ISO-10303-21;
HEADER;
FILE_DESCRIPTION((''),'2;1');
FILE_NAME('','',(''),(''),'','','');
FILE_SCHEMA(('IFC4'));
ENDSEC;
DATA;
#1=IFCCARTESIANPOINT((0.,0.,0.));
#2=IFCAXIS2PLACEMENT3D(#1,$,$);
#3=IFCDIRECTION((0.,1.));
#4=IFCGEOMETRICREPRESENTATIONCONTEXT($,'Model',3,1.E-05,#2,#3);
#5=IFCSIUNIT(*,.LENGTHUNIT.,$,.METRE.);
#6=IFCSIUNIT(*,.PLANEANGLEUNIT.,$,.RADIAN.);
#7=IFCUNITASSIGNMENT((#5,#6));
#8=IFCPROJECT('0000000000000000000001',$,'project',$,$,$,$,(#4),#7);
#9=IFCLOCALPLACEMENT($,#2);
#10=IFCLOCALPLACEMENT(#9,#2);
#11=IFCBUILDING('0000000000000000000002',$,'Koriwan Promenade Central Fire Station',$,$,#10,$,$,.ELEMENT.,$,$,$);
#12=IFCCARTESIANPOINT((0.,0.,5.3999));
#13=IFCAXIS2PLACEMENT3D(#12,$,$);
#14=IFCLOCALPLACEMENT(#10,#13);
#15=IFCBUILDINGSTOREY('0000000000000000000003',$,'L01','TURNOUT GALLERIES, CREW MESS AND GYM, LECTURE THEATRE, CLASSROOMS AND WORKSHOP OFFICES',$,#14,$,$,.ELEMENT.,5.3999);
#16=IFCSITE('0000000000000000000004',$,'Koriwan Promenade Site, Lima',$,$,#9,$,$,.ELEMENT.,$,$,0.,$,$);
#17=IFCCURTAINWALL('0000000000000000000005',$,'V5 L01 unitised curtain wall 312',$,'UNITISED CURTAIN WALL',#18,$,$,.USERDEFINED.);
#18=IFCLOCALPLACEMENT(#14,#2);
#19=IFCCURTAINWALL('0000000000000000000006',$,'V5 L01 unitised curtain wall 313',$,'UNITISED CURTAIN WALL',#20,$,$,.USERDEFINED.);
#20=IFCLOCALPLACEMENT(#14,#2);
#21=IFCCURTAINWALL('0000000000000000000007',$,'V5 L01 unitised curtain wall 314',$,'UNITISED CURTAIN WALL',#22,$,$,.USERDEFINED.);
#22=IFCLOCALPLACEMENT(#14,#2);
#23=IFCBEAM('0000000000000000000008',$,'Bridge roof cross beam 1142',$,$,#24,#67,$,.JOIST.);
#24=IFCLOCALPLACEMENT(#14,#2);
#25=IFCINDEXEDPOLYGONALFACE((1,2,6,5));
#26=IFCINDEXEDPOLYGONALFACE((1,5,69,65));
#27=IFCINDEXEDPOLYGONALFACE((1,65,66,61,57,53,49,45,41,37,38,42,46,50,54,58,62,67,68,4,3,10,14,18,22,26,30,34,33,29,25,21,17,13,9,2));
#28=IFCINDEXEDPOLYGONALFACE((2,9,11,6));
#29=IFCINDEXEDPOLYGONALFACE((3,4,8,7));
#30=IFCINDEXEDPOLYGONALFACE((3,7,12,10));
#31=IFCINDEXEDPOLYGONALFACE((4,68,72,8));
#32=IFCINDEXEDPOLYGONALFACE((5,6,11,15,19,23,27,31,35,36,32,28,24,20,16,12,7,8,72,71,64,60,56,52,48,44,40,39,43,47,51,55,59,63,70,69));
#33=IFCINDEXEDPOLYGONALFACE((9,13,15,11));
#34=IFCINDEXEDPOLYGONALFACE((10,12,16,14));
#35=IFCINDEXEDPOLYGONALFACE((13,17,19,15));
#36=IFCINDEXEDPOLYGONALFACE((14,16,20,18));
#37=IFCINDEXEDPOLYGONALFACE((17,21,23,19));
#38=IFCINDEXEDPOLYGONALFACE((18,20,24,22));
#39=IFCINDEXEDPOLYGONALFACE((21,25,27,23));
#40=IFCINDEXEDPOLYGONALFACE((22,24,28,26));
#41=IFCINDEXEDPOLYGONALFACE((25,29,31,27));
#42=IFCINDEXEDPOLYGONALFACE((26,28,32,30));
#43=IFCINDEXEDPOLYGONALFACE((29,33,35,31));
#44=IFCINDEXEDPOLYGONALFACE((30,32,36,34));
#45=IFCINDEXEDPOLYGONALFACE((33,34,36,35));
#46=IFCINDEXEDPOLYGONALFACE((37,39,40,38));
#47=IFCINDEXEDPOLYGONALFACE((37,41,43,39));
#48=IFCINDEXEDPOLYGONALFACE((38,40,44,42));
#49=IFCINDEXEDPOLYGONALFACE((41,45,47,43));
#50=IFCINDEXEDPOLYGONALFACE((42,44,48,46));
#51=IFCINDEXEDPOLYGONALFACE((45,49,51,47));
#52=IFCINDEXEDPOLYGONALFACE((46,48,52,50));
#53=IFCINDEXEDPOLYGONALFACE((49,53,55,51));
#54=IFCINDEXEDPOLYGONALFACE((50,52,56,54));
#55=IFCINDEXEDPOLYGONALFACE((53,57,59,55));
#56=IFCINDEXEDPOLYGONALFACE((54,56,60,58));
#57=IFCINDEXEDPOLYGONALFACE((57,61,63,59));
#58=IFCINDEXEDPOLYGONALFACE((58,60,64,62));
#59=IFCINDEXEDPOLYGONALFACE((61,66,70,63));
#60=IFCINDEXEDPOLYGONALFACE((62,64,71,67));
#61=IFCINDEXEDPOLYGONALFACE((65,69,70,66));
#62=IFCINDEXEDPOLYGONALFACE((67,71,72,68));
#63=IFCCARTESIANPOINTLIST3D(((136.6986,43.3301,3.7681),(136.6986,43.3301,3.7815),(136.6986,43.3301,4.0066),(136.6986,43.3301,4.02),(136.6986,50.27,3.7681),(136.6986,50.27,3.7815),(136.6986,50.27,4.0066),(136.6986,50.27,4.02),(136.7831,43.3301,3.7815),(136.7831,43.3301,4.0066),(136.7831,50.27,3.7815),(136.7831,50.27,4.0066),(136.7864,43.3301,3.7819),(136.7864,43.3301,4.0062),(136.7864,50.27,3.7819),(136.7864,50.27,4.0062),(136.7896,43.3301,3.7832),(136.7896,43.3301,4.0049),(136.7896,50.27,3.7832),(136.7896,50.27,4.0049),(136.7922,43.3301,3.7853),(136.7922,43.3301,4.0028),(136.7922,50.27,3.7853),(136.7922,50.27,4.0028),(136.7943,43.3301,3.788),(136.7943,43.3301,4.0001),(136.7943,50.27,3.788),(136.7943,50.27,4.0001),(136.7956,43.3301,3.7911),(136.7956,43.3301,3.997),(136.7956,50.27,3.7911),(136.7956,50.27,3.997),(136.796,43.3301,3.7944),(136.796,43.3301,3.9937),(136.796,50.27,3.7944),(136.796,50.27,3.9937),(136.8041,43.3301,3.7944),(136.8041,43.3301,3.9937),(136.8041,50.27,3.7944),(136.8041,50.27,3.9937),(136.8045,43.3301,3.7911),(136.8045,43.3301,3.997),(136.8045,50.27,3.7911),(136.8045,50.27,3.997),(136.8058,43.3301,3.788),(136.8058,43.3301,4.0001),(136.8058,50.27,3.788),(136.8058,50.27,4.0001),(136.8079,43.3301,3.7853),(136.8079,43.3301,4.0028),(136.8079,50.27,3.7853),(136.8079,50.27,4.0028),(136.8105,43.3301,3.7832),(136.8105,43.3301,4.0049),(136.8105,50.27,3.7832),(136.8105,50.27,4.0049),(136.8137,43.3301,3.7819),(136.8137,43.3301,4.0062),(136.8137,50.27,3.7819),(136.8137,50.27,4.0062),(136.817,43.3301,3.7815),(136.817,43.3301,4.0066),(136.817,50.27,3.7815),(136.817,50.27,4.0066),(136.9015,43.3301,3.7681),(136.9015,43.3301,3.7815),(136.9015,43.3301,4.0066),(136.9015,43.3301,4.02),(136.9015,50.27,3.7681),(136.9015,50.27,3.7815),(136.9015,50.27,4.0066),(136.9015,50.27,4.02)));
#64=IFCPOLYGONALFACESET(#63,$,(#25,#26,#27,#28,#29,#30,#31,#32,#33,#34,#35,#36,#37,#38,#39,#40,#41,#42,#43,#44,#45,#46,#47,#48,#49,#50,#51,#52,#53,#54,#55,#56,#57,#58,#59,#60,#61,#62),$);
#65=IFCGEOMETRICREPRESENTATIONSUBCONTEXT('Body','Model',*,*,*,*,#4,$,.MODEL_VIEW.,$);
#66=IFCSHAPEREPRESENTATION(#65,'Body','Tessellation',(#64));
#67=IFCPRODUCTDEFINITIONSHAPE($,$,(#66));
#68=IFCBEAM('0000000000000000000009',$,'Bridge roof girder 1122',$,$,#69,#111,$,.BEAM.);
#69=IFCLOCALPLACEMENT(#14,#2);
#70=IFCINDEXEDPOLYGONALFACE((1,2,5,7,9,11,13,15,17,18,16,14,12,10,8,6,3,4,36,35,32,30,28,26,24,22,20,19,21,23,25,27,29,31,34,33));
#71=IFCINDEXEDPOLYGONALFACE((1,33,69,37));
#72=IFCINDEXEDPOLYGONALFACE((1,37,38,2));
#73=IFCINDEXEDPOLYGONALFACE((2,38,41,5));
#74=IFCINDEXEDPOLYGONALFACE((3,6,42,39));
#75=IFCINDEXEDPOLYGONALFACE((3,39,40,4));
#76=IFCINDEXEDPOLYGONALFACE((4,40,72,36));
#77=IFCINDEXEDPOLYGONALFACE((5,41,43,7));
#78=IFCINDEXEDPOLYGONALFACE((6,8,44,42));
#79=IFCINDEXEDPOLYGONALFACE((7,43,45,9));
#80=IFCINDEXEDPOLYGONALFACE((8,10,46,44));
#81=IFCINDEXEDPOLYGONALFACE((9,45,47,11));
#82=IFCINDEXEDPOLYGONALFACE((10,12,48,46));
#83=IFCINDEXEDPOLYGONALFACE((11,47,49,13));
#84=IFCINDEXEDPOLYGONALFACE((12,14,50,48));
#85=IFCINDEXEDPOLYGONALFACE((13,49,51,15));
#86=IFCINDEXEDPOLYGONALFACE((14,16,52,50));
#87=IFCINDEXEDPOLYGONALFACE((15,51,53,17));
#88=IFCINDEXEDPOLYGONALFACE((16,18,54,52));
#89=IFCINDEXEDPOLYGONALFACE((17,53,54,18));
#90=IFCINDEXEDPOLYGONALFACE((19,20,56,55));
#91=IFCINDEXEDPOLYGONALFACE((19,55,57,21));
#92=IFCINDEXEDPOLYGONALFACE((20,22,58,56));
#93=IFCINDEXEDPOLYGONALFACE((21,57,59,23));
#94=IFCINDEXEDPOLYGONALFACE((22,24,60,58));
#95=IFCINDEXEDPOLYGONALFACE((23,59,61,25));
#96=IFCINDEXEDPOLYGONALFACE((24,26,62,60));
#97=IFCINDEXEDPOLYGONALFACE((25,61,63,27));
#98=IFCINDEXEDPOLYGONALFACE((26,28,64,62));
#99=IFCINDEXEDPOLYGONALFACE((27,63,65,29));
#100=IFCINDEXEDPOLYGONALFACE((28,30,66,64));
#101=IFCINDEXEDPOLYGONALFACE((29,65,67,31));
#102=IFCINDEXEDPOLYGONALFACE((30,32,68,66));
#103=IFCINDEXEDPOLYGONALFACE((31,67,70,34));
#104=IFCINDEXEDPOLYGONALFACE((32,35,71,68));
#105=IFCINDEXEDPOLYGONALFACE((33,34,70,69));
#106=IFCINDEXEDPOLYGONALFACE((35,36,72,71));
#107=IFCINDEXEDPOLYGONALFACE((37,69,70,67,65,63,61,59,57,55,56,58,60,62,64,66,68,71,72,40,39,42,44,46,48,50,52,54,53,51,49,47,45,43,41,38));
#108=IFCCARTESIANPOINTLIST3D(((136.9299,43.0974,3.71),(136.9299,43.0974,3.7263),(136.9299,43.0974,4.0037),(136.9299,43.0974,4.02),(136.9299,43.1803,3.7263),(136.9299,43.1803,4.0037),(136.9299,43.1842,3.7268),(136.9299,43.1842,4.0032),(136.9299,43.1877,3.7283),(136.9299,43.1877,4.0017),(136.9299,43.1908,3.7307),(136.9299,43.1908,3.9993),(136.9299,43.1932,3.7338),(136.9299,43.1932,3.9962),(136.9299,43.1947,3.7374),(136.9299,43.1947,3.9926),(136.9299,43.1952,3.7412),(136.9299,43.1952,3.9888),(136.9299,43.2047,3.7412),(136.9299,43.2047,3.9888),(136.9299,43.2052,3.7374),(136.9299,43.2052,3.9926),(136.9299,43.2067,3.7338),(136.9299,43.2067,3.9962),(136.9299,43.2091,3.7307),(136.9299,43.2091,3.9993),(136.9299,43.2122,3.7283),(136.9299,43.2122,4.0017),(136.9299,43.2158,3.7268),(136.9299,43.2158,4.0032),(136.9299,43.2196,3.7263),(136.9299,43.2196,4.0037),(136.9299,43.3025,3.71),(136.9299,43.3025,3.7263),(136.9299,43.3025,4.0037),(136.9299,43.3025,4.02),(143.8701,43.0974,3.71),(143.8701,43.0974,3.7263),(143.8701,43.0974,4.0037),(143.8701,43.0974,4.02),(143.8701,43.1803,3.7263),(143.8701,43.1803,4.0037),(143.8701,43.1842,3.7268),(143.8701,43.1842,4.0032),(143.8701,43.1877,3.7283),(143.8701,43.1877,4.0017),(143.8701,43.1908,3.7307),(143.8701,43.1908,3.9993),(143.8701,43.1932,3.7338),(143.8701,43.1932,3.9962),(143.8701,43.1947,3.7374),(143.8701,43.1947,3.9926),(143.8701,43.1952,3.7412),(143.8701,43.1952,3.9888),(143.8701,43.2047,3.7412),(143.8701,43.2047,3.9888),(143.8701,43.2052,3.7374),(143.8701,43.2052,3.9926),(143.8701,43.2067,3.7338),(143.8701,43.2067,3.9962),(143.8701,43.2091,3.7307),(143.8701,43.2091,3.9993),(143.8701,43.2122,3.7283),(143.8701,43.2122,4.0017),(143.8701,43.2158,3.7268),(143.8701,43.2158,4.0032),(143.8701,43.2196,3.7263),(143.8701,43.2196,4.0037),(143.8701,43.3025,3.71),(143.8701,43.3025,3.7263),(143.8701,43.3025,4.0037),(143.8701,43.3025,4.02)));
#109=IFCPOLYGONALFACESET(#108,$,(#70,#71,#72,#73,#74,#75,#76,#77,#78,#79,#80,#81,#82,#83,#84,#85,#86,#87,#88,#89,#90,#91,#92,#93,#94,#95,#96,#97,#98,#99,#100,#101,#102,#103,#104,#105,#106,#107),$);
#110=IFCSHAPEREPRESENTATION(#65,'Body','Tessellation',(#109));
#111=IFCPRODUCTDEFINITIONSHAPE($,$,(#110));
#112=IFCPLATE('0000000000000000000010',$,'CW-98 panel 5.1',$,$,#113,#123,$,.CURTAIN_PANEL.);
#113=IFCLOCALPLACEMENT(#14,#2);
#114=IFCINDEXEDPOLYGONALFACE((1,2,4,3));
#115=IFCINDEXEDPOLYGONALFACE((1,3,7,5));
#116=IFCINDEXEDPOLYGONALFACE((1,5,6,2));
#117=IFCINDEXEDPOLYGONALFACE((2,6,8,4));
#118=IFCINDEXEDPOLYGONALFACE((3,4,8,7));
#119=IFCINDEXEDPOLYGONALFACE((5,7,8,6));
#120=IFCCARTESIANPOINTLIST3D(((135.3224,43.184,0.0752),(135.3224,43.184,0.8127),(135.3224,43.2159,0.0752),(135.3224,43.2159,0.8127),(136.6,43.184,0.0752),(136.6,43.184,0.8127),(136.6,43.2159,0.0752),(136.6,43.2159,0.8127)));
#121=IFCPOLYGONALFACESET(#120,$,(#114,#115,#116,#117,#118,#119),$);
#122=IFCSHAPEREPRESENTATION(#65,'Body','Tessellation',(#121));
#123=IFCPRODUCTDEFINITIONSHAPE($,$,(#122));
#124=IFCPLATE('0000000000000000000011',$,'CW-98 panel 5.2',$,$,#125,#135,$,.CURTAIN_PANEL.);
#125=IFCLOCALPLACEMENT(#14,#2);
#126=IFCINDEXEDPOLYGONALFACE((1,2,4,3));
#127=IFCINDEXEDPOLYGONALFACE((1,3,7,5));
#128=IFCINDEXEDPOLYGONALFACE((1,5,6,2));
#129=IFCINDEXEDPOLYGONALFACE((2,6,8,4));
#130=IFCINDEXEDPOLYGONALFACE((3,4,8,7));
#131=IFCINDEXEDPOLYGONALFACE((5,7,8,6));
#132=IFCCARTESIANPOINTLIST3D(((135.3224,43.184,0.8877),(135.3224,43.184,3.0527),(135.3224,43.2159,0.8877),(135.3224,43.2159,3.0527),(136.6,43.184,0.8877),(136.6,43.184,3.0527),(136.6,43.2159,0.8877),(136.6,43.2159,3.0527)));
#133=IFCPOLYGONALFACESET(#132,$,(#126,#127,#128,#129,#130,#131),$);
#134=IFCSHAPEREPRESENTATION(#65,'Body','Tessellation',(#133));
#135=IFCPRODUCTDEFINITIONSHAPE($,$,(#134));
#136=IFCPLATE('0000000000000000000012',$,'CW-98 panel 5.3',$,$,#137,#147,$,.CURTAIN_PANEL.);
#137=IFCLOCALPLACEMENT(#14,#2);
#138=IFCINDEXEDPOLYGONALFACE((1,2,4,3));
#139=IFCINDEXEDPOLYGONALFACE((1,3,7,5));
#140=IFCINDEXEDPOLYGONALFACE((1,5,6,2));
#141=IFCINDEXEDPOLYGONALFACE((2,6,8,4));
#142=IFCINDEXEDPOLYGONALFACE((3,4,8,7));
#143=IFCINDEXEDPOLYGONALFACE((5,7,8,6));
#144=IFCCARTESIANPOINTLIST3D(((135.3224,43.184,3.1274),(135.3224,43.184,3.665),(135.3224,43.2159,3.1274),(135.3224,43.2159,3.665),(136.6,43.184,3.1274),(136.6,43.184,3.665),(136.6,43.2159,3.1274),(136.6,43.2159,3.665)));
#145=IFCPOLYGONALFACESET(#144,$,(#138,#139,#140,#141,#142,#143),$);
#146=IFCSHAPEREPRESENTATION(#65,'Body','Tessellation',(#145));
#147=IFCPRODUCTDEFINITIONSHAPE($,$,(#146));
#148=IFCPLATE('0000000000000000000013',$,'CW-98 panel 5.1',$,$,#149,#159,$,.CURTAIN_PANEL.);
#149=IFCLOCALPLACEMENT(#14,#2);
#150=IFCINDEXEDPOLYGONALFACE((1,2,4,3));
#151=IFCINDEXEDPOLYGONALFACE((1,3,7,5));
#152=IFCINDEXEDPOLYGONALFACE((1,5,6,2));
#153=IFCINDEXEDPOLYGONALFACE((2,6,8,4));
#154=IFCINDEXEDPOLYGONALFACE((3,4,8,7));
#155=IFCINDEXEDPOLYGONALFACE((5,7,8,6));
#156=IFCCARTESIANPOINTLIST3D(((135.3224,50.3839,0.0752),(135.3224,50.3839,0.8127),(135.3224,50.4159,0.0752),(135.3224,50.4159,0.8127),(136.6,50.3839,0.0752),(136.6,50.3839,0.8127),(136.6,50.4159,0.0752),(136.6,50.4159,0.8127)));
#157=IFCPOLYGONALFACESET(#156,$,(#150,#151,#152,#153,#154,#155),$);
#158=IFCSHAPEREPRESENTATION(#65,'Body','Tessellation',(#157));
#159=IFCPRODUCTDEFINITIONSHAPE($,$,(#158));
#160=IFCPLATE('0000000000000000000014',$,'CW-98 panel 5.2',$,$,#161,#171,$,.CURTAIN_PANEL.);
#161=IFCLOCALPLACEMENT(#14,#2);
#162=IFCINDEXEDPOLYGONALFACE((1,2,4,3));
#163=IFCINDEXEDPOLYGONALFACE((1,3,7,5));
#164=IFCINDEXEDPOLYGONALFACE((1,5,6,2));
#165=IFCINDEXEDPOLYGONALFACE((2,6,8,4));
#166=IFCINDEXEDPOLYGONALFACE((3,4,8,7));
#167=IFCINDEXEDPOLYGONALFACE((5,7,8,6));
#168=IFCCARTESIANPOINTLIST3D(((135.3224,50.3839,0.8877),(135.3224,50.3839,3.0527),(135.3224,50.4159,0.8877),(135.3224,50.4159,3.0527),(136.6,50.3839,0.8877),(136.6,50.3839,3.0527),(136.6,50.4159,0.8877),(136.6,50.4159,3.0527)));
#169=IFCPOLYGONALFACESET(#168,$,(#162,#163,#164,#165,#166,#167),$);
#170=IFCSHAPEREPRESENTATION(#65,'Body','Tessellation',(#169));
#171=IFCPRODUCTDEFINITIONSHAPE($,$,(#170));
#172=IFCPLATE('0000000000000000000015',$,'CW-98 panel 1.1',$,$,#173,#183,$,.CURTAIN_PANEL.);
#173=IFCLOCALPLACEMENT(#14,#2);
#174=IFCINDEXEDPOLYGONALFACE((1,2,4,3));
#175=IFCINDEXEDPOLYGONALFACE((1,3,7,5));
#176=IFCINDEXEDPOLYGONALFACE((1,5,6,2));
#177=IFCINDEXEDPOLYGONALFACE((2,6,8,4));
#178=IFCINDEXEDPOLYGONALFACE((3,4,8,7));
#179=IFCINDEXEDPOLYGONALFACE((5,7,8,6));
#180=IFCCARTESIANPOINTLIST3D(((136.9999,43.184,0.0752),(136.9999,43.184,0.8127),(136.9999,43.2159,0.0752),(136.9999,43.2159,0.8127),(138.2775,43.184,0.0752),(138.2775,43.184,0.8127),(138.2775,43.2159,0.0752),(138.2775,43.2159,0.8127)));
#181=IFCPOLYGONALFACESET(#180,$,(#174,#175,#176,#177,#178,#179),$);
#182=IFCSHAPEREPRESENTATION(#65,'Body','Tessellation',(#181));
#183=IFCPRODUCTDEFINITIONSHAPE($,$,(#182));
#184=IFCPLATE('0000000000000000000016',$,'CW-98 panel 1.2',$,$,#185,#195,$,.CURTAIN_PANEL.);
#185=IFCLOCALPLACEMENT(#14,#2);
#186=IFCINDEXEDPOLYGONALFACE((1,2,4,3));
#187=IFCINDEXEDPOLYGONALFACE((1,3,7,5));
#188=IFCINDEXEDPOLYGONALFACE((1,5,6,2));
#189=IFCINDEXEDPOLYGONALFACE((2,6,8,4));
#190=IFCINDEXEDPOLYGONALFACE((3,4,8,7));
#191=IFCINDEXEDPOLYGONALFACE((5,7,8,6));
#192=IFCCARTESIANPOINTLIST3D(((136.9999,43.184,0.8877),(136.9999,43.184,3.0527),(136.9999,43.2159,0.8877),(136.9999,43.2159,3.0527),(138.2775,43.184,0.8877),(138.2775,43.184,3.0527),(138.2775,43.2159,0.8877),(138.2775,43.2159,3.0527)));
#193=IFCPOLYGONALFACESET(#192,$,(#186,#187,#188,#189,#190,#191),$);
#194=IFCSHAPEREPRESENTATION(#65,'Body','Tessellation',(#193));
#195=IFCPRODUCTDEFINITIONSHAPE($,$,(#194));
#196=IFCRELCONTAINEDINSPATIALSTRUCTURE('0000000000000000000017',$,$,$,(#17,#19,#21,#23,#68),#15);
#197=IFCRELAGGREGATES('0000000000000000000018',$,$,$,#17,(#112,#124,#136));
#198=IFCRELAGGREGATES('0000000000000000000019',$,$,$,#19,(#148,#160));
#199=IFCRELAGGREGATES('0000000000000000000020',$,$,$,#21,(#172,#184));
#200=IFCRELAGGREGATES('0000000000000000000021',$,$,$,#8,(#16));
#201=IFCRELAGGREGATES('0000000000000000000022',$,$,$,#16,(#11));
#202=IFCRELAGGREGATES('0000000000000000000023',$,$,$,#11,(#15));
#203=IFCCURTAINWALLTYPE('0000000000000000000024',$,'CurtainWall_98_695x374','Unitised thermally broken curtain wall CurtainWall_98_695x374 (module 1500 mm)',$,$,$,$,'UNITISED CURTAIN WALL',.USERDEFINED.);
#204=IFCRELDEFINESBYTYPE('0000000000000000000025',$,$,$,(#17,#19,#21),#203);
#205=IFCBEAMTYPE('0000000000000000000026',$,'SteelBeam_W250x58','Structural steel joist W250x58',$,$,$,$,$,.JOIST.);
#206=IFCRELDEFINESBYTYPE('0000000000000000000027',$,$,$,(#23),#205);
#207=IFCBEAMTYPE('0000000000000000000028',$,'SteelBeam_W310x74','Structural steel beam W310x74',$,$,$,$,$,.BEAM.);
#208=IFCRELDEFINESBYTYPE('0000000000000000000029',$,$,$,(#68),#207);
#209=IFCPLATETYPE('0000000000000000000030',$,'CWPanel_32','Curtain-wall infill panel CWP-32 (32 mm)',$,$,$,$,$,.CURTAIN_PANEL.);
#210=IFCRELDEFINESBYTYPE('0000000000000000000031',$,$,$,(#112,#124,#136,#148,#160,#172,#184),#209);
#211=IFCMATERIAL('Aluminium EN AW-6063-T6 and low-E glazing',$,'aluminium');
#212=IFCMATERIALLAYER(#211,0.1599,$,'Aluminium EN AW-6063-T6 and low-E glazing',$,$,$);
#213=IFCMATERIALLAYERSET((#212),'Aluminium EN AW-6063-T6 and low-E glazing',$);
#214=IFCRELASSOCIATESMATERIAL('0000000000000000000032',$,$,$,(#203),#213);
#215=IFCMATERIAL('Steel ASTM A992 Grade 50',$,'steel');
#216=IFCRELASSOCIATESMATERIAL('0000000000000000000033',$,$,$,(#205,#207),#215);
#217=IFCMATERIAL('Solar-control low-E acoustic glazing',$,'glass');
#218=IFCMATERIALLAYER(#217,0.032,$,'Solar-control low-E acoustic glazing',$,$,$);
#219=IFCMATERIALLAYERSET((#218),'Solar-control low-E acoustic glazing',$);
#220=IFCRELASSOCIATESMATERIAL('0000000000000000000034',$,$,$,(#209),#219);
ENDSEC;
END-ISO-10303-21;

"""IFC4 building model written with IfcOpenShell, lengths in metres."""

from ifc_helpers import new_model, si_unit, direction, frame, origin, origin_2d, place, context, subcontext, project, spatial, rectangle, i_section, extrude, material, layer, layer_set, material_profile, profile_set, type_object, element, aggregate, save


model = new_model("IFC4")

# Units and contexts
model_context = context("Model", 3, precision=1e-05, world=origin(), true_north=direction((0.0, 1.0)))
body_context = subcontext(model_context, "Body", "Model", "MODEL_VIEW")
ifc_project = project(units=[si_unit("LENGTHUNIT", "METRE"), si_unit("PLANEANGLEUNIT", "RADIAN")], contexts=[model_context])

# Site, building, storey
site_placement = place(None, origin())
site = spatial("IfcSite", under=ifc_project, at=site_placement, Name="Koriwan Promenade Site, Lima", CompositionType="ELEMENT", RefElevation=0.0)
building_placement = place(site_placement, origin())
building = spatial("IfcBuilding", under=site, at=building_placement, Name="Koriwan Promenade Central Fire Station", CompositionType="ELEMENT")
storey_placement = place(building_placement, frame((0.0, 0.0, 5.3999)))
storey = spatial("IfcBuildingStorey", under=building, at=storey_placement, Name="L01", Description="TURNOUT GALLERIES, CREW MESS AND GYM, LECTURE THEATRE, CLASSROOMS AND WORKSHOP OFFICES", CompositionType="ELEMENT", Elevation=5.3999)

# Curtain walls
ifc_material_1 = material(Name="Aluminium EN AW-6063-T6 and low-E glazing", Category="aluminium")
ifc_layer_1 = layer(ifc_material_1, 0.1599, Name="Aluminium EN AW-6063-T6 and low-E glazing")
ifc_layer_set_1 = layer_set([ifc_layer_1], Name="Aluminium EN AW-6063-T6 and low-E glazing")
curtain_wall_type = type_object("IfcCurtainWallType", Name="CurtainWall_98_695x374", Description="Unitised thermally broken curtain wall CurtainWall_98_695x374 (module 1500 mm)", ElementType="UNITISED CURTAIN WALL", PredefinedType="USERDEFINED", material=ifc_layer_set_1)
curtain_wall_1_placement = place(storey_placement, origin())
curtain_wall_1 = element("IfcCurtainWall", 1, at=curtain_wall_1_placement, inside=storey, type_object=curtain_wall_type, Name="V5 L01 unitised curtain wall 312", ObjectType="UNITISED CURTAIN WALL", PredefinedType="USERDEFINED")
curtain_wall_2_placement = place(storey_placement, origin())
curtain_wall_2 = element("IfcCurtainWall", 2, at=curtain_wall_2_placement, inside=storey, type_object=curtain_wall_type, Name="V5 L01 unitised curtain wall 313", ObjectType="UNITISED CURTAIN WALL", PredefinedType="USERDEFINED")

# Curtain wall
curtain_wall_3_placement = place(storey_placement, origin())
curtain_wall_3 = element("IfcCurtainWall", 3, at=curtain_wall_3_placement, inside=storey, type_object=curtain_wall_type, Name="V5 L01 unitised curtain wall 314", ObjectType="UNITISED CURTAIN WALL", PredefinedType="USERDEFINED")

# Beams
ifc_material_2 = material(Name="Steel ASTM A992 Grade 50", Category="steel")
ifc_material_profile_1 = material_profile(ifc_material_2, i_section(OverallWidth=0.2029, OverallDepth=0.252, WebThickness=0.0081, FlangeThickness=0.0134, FilletRadius=0.0129, at=origin_2d()), Name="W250x58")
ifc_profile_set_1 = profile_set([ifc_material_profile_1], Name="Steel ASTM A992 Grade 50")
beam_type_1 = type_object("IfcBeamType", Name="SteelBeam_W250x58", Description="Structural steel joist W250x58", PredefinedType="JOIST", material=ifc_profile_set_1)
beam_1_placement = place(storey_placement, frame((136.8, 43.3301, 3.894), z_axis=(0.0, 1.0, 0.0), x_axis=(-1.0, 0.0, 0.0)))
element("IfcBeam", 4, at=beam_1_placement, inside=storey, type_object=beam_type_1, Name="Bridge roof cross beam 1142", PredefinedType="JOIST", context=body_context, shape_type="SweptSolid", body=[
    extrude(i_section(OverallWidth=0.2029, OverallDepth=0.252, WebThickness=0.0081, FlangeThickness=0.0134, FilletRadius=0.0129, at=origin_2d()), origin(), (0.0, 0.0, 1.0), 6.9399),
])
ifc_material_profile_2 = material_profile(ifc_material_2, i_section(OverallWidth=0.2051, OverallDepth=0.3101, WebThickness=0.0095, FlangeThickness=0.0164, FilletRadius=0.0149, at=origin_2d()), Name="W310x74")
ifc_profile_set_2 = profile_set([ifc_material_profile_2], Name="Steel ASTM A992 Grade 50")
beam_type_2 = type_object("IfcBeamType", Name="SteelBeam_W310x74", Description="Structural steel beam W310x74", PredefinedType="BEAM", material=ifc_profile_set_2)
beam_2_placement = place(storey_placement, frame((136.9299, 43.2, 3.865), z_axis=(1.0, 0.0, 0.0), x_axis=(0.0, 1.0, 0.0)))
element("IfcBeam", 5, at=beam_2_placement, inside=storey, type_object=beam_type_2, Name="Bridge roof girder 1122", PredefinedType="BEAM", context=body_context, shape_type="SweptSolid", body=[
    extrude(i_section(OverallWidth=0.2051, OverallDepth=0.3101, WebThickness=0.0095, FlangeThickness=0.0164, FilletRadius=0.0149, at=origin_2d()), origin(), (0.0, 0.0, 1.0), 6.9402),
])

# Plates
ifc_material_3 = material(Name="Solar-control low-E acoustic glazing", Category="glass")
ifc_layer_2 = layer(ifc_material_3, 0.032, Name="Solar-control low-E acoustic glazing")
ifc_layer_set_2 = layer_set([ifc_layer_2], Name="Solar-control low-E acoustic glazing")
plate_type = type_object("IfcPlateType", Name="CWPanel_32", Description="Curtain-wall infill panel CWP-32 (32 mm)", PredefinedType="CURTAIN_PANEL", material=ifc_layer_set_2)
plate_1_placement = place(storey_placement, frame((135.9612, 43.2, 0.0752), z_axis=(0.0, 0.0, 1.0), x_axis=(1.0, 0.0, 0.0)))
plate_1 = element("IfcPlate", 6, at=plate_1_placement, type_object=plate_type, Name="CW-98 panel 5.1", PredefinedType="CURTAIN_PANEL", context=body_context, shape_type="SweptSolid", body=[
    extrude(rectangle(XDim=1.2776, YDim=0.032, at=origin_2d()), origin(), (0.0, 0.0, 1.0), 0.7375),
])
plate_2_placement = place(storey_placement, frame((135.9612, 43.2, 0.8877), z_axis=(0.0, 0.0, 1.0), x_axis=(1.0, 0.0, 0.0)))
plate_2 = element("IfcPlate", 7, at=plate_2_placement, type_object=plate_type, Name="CW-98 panel 5.2", PredefinedType="CURTAIN_PANEL", context=body_context, shape_type="SweptSolid", body=[
    extrude(rectangle(XDim=1.2776, YDim=0.032, at=origin_2d()), origin(), (0.0, 0.0, 1.0), 2.165),
])
plate_3_placement = place(storey_placement, frame((135.9612, 43.2, 3.1274), z_axis=(0.0, 0.0, 1.0), x_axis=(1.0, 0.0, 0.0)))
plate_3 = element("IfcPlate", 8, at=plate_3_placement, type_object=plate_type, Name="CW-98 panel 5.3", PredefinedType="CURTAIN_PANEL", context=body_context, shape_type="SweptSolid", body=[
    extrude(rectangle(XDim=1.2776, YDim=0.032, at=origin_2d()), origin(), (0.0, 0.0, 1.0), 0.5376),
])
aggregate(curtain_wall_1, [plate_1, plate_2, plate_3])
plate_4_placement = place(storey_placement, frame((135.9612, 50.3999, 0.0752), z_axis=(0.0, 0.0, 1.0), x_axis=(1.0, 0.0, 0.0)))
plate_4 = element("IfcPlate", 9, at=plate_4_placement, type_object=plate_type, Name="CW-98 panel 5.1", PredefinedType="CURTAIN_PANEL", context=body_context, shape_type="SweptSolid", body=[
    extrude(rectangle(XDim=1.2776, YDim=0.032, at=origin_2d()), origin(), (0.0, 0.0, 1.0), 0.7375),
])
plate_5_placement = place(storey_placement, frame((135.9612, 50.3999, 0.8877), z_axis=(0.0, 0.0, 1.0), x_axis=(1.0, 0.0, 0.0)))
plate_5 = element("IfcPlate", 10, at=plate_5_placement, type_object=plate_type, Name="CW-98 panel 5.2", PredefinedType="CURTAIN_PANEL", context=body_context, shape_type="SweptSolid", body=[
    extrude(rectangle(XDim=1.2776, YDim=0.032, at=origin_2d()), origin(), (0.0, 0.0, 1.0), 2.165),
])
aggregate(curtain_wall_2, [plate_4, plate_5])
plate_6_placement = place(storey_placement, frame((137.6387, 43.2, 0.0752), z_axis=(0.0, 0.0, 1.0), x_axis=(1.0, 0.0, 0.0)))
plate_6 = element("IfcPlate", 11, at=plate_6_placement, type_object=plate_type, Name="CW-98 panel 1.1", PredefinedType="CURTAIN_PANEL", context=body_context, shape_type="SweptSolid", body=[
    extrude(rectangle(XDim=1.2776, YDim=0.032, at=origin_2d()), origin(), (0.0, 0.0, 1.0), 0.7375),
])
plate_7_placement = place(storey_placement, frame((137.6387, 43.2, 0.8877), z_axis=(0.0, 0.0, 1.0), x_axis=(1.0, 0.0, 0.0)))
plate_7 = element("IfcPlate", 12, at=plate_7_placement, type_object=plate_type, Name="CW-98 panel 1.2", PredefinedType="CURTAIN_PANEL", context=body_context, shape_type="SweptSolid", body=[
    extrude(rectangle(XDim=1.2776, YDim=0.032, at=origin_2d()), origin(), (0.0, 0.0, 1.0), 2.165),
])
aggregate(curtain_wall_3, [plate_6, plate_7])

save(model, "model.ifc")
